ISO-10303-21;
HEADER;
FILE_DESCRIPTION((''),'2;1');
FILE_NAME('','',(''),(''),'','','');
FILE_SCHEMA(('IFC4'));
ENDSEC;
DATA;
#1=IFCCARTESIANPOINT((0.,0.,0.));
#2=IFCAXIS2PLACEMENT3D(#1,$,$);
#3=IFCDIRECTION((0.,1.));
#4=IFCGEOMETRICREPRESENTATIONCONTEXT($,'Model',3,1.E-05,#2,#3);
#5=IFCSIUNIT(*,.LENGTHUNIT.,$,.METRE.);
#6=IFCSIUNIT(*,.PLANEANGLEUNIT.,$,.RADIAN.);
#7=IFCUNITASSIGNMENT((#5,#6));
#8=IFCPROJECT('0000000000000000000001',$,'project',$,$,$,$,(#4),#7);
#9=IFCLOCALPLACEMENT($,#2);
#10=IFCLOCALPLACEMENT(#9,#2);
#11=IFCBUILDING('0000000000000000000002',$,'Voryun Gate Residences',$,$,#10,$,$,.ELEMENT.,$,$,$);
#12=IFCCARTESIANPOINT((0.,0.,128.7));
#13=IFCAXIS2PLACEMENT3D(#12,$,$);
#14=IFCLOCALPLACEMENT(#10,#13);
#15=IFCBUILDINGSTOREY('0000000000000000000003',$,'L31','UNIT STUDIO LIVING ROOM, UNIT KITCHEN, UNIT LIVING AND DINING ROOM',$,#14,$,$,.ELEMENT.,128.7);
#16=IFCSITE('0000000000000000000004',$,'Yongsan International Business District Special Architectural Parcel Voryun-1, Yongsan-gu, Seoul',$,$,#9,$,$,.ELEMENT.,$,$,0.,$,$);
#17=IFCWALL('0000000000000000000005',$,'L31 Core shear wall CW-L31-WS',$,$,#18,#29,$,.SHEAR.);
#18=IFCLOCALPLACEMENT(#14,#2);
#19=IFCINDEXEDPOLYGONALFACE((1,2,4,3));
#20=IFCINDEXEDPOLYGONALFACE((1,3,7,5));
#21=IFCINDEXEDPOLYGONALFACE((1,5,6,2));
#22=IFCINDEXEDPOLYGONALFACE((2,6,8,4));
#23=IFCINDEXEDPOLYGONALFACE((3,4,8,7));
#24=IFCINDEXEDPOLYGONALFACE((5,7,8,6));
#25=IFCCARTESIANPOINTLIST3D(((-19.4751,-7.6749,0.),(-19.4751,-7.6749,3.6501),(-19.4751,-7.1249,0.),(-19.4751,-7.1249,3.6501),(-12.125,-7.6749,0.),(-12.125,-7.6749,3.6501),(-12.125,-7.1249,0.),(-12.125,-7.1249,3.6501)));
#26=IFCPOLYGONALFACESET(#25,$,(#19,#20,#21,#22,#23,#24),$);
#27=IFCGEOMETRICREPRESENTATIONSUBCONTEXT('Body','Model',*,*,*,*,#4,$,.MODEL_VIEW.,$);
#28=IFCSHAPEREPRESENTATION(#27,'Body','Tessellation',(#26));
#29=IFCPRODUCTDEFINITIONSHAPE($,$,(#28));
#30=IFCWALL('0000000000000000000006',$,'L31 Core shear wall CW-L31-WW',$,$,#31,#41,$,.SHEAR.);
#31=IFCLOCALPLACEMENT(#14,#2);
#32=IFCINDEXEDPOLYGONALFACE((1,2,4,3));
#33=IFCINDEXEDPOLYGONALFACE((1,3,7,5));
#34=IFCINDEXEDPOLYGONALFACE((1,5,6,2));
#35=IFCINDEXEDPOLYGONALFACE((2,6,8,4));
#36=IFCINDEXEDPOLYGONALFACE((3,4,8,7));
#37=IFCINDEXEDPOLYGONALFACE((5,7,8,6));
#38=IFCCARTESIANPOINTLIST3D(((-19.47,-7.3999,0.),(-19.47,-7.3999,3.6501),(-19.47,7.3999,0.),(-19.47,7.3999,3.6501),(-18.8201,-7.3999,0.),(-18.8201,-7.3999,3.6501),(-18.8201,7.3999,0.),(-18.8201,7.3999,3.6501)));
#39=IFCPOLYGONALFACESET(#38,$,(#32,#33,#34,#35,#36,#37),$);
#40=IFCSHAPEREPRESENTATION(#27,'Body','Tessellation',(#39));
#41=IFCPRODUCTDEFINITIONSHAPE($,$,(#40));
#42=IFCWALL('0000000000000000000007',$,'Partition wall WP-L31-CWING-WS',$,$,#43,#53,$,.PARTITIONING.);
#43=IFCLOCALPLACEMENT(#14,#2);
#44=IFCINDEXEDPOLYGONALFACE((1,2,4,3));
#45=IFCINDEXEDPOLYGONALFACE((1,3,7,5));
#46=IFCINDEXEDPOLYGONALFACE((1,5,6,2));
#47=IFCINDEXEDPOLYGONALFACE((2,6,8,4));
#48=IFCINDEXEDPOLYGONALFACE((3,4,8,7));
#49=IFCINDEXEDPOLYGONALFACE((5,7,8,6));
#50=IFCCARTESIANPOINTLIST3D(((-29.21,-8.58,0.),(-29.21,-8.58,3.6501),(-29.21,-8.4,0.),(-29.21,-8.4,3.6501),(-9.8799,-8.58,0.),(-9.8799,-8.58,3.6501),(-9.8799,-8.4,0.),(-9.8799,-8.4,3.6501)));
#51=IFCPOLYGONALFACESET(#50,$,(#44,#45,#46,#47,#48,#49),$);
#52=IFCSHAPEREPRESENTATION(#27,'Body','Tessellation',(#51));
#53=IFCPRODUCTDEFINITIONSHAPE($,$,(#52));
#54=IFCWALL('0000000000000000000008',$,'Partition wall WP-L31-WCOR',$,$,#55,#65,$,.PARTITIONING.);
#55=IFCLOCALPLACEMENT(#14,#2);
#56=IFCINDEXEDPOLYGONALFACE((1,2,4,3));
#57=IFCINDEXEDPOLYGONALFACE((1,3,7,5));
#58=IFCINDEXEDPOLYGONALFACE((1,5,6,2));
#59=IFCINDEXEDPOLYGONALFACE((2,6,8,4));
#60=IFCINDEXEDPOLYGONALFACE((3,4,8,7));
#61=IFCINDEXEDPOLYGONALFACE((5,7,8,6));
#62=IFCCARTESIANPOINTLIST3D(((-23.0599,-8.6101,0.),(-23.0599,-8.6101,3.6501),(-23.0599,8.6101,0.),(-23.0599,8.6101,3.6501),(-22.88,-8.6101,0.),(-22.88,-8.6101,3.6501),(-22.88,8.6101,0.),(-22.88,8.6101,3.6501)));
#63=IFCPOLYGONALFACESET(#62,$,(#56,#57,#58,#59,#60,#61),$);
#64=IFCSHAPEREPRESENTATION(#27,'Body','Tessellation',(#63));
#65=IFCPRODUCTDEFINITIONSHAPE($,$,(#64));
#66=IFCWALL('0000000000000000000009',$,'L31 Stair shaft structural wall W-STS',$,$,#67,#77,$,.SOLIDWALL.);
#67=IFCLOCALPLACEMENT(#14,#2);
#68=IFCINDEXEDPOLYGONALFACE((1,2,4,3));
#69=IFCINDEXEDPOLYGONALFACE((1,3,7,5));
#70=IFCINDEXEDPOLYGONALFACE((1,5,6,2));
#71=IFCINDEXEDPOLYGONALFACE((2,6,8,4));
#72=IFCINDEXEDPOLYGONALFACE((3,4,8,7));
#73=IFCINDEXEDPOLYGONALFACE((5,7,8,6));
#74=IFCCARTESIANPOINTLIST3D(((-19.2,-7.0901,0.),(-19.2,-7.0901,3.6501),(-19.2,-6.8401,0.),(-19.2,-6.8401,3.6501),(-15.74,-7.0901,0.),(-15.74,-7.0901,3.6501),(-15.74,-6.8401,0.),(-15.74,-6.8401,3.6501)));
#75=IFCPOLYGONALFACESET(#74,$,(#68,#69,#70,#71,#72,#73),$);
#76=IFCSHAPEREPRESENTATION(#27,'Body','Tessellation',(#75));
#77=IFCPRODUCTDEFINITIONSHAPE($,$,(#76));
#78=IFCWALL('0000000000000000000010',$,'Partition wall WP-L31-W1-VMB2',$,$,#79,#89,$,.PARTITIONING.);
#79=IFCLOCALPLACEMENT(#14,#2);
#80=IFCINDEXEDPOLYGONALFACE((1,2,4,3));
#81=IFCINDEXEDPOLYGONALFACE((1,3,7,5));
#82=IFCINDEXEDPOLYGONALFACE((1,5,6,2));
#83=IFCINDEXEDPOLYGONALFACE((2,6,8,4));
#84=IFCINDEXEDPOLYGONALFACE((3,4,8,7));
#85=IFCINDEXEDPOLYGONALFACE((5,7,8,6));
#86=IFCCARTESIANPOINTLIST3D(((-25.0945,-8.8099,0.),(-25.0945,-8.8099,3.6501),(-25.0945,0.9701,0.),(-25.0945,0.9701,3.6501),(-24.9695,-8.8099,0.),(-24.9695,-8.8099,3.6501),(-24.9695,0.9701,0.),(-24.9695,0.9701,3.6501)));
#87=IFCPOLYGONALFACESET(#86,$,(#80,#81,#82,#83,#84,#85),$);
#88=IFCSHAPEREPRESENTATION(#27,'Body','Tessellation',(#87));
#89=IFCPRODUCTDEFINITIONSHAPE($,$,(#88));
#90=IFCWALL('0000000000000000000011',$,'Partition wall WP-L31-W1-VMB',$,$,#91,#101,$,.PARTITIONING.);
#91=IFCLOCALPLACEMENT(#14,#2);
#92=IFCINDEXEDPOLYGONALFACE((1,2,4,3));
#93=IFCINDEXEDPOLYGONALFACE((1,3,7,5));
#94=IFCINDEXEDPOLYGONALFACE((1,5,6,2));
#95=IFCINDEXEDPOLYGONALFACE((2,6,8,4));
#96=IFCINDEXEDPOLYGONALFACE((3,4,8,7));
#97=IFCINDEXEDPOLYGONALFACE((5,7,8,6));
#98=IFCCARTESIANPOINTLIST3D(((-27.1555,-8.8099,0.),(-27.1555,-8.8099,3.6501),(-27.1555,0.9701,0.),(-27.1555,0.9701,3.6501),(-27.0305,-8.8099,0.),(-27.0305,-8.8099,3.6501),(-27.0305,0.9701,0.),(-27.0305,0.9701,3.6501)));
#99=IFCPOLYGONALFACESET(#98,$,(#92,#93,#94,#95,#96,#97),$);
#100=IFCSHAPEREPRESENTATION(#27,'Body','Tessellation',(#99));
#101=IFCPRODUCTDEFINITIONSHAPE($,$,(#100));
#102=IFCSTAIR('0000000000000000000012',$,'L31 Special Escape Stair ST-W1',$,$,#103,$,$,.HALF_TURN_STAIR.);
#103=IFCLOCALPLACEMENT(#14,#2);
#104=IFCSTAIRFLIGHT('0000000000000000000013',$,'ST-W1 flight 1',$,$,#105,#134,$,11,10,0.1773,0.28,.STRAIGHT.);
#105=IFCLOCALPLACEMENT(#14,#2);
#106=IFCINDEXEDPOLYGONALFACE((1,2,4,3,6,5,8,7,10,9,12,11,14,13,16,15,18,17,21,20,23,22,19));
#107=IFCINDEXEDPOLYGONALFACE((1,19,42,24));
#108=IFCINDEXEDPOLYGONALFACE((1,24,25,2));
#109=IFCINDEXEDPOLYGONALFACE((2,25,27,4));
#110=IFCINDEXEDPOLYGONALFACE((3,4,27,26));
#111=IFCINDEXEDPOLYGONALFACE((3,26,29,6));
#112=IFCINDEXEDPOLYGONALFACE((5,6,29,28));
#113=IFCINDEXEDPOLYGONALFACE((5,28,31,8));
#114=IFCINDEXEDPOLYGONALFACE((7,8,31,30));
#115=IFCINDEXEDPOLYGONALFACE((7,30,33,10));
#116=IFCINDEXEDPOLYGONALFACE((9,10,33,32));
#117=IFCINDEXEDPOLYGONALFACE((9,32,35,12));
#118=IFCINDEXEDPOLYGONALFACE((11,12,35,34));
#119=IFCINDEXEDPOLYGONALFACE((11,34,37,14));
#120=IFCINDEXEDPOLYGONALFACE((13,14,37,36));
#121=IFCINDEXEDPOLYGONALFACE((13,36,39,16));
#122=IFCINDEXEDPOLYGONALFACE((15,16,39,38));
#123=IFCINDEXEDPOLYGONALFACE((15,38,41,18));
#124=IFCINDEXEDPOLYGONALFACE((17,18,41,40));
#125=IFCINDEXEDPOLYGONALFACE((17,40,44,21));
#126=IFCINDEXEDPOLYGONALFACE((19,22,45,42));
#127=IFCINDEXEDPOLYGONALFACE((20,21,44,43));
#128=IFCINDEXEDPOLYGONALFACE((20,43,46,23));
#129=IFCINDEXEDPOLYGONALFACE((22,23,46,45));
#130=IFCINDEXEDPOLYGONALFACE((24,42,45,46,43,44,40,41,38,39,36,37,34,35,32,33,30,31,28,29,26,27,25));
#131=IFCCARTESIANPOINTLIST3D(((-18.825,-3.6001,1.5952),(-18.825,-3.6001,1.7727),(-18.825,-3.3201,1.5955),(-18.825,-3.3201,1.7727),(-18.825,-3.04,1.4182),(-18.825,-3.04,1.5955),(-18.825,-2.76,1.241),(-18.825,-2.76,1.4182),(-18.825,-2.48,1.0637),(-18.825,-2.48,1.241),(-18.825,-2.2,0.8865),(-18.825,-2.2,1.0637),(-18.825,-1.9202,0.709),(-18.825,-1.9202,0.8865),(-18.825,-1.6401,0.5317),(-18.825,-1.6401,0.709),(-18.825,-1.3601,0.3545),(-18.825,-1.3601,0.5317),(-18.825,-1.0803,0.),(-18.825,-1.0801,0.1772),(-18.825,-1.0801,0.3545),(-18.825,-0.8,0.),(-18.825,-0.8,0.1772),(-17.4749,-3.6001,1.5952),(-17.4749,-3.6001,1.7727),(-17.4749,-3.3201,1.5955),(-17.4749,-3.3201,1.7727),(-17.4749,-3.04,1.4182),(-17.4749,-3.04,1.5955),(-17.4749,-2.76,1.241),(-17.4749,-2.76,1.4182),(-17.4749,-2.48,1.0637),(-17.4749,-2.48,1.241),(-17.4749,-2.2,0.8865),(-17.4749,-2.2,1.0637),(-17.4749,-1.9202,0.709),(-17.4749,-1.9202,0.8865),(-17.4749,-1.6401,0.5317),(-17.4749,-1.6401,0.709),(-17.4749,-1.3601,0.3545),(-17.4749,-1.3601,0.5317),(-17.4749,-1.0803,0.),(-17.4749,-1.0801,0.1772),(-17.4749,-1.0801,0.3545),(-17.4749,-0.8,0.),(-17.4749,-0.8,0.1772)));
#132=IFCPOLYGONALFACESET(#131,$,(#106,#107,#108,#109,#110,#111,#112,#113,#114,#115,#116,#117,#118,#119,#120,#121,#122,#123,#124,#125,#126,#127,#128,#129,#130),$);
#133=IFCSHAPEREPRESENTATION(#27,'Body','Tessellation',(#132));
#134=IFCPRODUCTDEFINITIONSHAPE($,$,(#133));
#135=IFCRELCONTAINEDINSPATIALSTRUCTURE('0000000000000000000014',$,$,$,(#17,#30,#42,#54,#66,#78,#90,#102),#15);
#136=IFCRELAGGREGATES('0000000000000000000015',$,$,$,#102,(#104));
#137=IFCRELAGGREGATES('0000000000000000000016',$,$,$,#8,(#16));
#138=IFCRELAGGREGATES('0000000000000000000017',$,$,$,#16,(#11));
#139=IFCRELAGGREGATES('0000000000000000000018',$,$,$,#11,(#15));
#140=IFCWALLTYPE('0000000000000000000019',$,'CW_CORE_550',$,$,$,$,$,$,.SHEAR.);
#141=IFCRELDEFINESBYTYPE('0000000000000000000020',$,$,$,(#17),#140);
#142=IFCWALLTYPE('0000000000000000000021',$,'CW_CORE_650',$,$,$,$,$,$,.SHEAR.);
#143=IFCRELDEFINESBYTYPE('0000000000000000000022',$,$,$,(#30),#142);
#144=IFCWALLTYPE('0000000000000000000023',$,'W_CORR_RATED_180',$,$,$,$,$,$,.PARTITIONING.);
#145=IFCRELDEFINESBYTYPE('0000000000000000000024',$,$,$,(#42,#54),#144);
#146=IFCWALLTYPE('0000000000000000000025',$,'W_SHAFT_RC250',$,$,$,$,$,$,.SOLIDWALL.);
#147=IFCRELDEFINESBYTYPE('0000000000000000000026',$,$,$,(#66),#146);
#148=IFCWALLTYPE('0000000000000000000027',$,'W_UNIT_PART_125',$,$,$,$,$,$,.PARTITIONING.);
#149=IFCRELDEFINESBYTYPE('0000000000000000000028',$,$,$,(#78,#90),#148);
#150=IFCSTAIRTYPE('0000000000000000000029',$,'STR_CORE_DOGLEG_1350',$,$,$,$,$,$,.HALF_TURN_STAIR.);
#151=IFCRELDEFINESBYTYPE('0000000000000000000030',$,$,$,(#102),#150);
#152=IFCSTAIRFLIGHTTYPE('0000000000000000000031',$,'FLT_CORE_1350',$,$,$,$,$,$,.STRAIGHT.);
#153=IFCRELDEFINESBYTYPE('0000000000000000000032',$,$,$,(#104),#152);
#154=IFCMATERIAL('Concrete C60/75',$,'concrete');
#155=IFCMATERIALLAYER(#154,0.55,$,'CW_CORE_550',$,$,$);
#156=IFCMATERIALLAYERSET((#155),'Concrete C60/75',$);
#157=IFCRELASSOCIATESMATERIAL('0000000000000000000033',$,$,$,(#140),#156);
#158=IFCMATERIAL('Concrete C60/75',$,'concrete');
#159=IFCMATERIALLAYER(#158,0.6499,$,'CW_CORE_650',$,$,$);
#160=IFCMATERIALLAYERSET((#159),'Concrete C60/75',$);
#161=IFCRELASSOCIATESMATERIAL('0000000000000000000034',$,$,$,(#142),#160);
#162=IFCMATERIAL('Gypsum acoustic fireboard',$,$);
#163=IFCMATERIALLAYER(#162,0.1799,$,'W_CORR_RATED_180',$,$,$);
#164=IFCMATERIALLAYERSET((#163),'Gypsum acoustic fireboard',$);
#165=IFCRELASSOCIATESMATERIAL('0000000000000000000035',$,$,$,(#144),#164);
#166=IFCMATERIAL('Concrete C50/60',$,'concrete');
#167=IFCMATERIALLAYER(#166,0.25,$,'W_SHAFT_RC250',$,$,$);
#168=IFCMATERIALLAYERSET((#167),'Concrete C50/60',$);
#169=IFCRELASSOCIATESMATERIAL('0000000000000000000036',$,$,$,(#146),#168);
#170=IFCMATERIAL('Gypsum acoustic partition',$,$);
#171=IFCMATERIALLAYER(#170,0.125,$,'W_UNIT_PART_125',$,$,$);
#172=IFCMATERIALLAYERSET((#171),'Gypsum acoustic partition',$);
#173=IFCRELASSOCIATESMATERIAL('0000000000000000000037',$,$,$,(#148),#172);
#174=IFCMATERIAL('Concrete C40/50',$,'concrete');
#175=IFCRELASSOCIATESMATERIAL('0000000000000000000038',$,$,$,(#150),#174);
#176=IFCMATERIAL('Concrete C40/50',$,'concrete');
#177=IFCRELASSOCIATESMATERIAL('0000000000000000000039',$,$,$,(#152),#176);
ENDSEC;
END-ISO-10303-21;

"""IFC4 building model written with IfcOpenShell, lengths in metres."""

from ifc_helpers import new_model, si_unit, direction, frame, frame_2d, origin, place, context, subcontext, project, spatial, polyline, rectangle, outline, extrude, material, layer, layer_set, type_object, element, aggregate, save


model = new_model("IFC4")

# Units and contexts
model_context = context("Model", 3, precision=1e-05, world=origin(), true_north=direction((0.0, 1.0)))
body_context = subcontext(model_context, "Body", "Model", "MODEL_VIEW")
ifc_project = project(units=[si_unit("LENGTHUNIT", "METRE"), si_unit("PLANEANGLEUNIT", "RADIAN")], contexts=[model_context])

# Site, building, storey
site_placement = place(None, origin())
site = spatial("IfcSite", under=ifc_project, at=site_placement, Name="Yongsan International Business District Special Architectural Parcel Voryun-1, Yongsan-gu, Seoul", CompositionType="ELEMENT", RefElevation=0.0)
building_placement = place(site_placement, origin())
building = spatial("IfcBuilding", under=site, at=building_placement, Name="Voryun Gate Residences", CompositionType="ELEMENT")
storey_placement = place(building_placement, frame((0.0, 0.0, 128.7)))
storey = spatial("IfcBuildingStorey", under=building, at=storey_placement, Name="L31", Description="UNIT STUDIO LIVING ROOM, UNIT KITCHEN, UNIT LIVING AND DINING ROOM", CompositionType="ELEMENT", Elevation=128.7)

# Walls
ifc_material_1 = material(Name="Concrete C60/75", Category="concrete")
ifc_layer_1 = layer(ifc_material_1, 0.55, Name="CW_CORE_550")
ifc_layer_set_1 = layer_set([ifc_layer_1], Name="Concrete C60/75")
wall_type_1 = type_object("IfcWallType", Name="CW_CORE_550", PredefinedType="SHEAR", material=ifc_layer_set_1)
wall_1_placement = place(storey_placement, frame((-19.4751, -7.3999, 0.0), z_axis=(0.0, 0.0, 1.0), x_axis=(1.0, 0.0, 0.0)))
element("IfcWall", 1, at=wall_1_placement, inside=storey, type_object=wall_type_1, Name="L31 Core shear wall CW-L31-WS", PredefinedType="SHEAR", context=body_context, shape_type="SweptSolid", body=[
    extrude(rectangle(XDim=7.3501, YDim=0.55, at=frame_2d((3.675, 0.0))), origin(), (0.0, 0.0, 1.0), 3.6501),
])
ifc_material_2 = material(Name="Concrete C60/75", Category="concrete")
ifc_layer_2 = layer(ifc_material_2, 0.6499, Name="CW_CORE_650")
ifc_layer_set_2 = layer_set([ifc_layer_2], Name="Concrete C60/75")
wall_type_2 = type_object("IfcWallType", Name="CW_CORE_650", PredefinedType="SHEAR", material=ifc_layer_set_2)
wall_2_placement = place(storey_placement, frame((-19.145, -7.3999, 0.0), z_axis=(0.0, 0.0, 1.0), x_axis=(0.0, 1.0, 0.0)))
element("IfcWall", 2, at=wall_2_placement, inside=storey, type_object=wall_type_2, Name="L31 Core shear wall CW-L31-WW", PredefinedType="SHEAR", context=body_context, shape_type="SweptSolid", body=[
    extrude(rectangle(XDim=14.7998, YDim=0.6499, at=frame_2d((7.3999, 0.0))), origin(), (0.0, 0.0, 1.0), 3.6501),
])
ifc_material_3 = material(Name="Gypsum acoustic fireboard")
ifc_layer_3 = layer(ifc_material_3, 0.1799, Name="W_CORR_RATED_180")
ifc_layer_set_3 = layer_set([ifc_layer_3], Name="Gypsum acoustic fireboard")
wall_type_3 = type_object("IfcWallType", Name="W_CORR_RATED_180", PredefinedType="PARTITIONING", material=ifc_layer_set_3)
wall_3_placement = place(storey_placement, frame((-29.21, -8.49, 0.0), z_axis=(0.0, 0.0, 1.0), x_axis=(1.0, 0.0, 0.0)))
element("IfcWall", 3, at=wall_3_placement, inside=storey, type_object=wall_type_3, Name="Partition wall WP-L31-CWING-WS", PredefinedType="PARTITIONING", context=body_context, shape_type="SweptSolid", body=[
    extrude(rectangle(XDim=19.3301, YDim=0.1799, at=frame_2d((9.665, 0.0))), origin(), (0.0, 0.0, 1.0), 3.6501),
])
wall_4_placement = place(storey_placement, frame((-22.97, -8.6101, 0.0), z_axis=(0.0, 0.0, 1.0), x_axis=(0.0, 1.0, 0.0)))
element("IfcWall", 4, at=wall_4_placement, inside=storey, type_object=wall_type_3, Name="Partition wall WP-L31-WCOR", PredefinedType="PARTITIONING", context=body_context, shape_type="SweptSolid", body=[
    extrude(rectangle(XDim=17.2202, YDim=0.1799, at=frame_2d((8.6101, 0.0))), origin(), (0.0, 0.0, 1.0), 3.6501),
])
ifc_material_4 = material(Name="Concrete C50/60", Category="concrete")
ifc_layer_4 = layer(ifc_material_4, 0.25, Name="W_SHAFT_RC250")
ifc_layer_set_4 = layer_set([ifc_layer_4], Name="Concrete C50/60")
wall_type_4 = type_object("IfcWallType", Name="W_SHAFT_RC250", PredefinedType="SOLIDWALL", material=ifc_layer_set_4)
wall_5_placement = place(storey_placement, frame((-19.2, -6.9651, 0.0), z_axis=(0.0, 0.0, 1.0), x_axis=(1.0, 0.0, 0.0)))
element("IfcWall", 5, at=wall_5_placement, inside=storey, type_object=wall_type_4, Name="L31 Stair shaft structural wall W-STS", PredefinedType="SOLIDWALL", context=body_context, shape_type="SweptSolid", body=[
    extrude(rectangle(XDim=3.46, YDim=0.25, at=frame_2d((1.73, 0.0))), origin(), (0.0, 0.0, 1.0), 3.6501),
])
ifc_material_5 = material(Name="Gypsum acoustic partition")
ifc_layer_5 = layer(ifc_material_5, 0.125, Name="W_UNIT_PART_125")
ifc_layer_set_5 = layer_set([ifc_layer_5], Name="Gypsum acoustic partition")
wall_type_5 = type_object("IfcWallType", Name="W_UNIT_PART_125", PredefinedType="PARTITIONING", material=ifc_layer_set_5)
for number, where, z_axis, x_axis, name in (
    (6, (-25.032, -8.8101, 0.0), (0.0, 0.0, 1.0), (0.0, 1.0, 0.0), "Partition wall WP-L31-W1-VMB2"),
    (7, (-27.093, -8.8101, 0.0), (0.0, 0.0, 1.0), (0.0, 1.0, 0.0), "Partition wall WP-L31-W1-VMB"),
):
    element("IfcWall", number, at=place(storey_placement, frame(where, z_axis=z_axis, x_axis=x_axis)), inside=storey, type_object=wall_type_5, Name=name, PredefinedType="PARTITIONING", context=body_context, shape_type="SweptSolid", body=[
        extrude(rectangle(XDim=9.78, YDim=0.125, at=frame_2d((4.8901, 0.0))), origin(), (0.0, 0.0, 1.0), 3.6501),
    ])

# Stair, stair flight
ifc_material_6 = material(Name="Concrete C40/50", Category="concrete")
stair_type = type_object("IfcStairType", Name="STR_CORE_DOGLEG_1350", PredefinedType="HALF_TURN_STAIR", material=ifc_material_6)
stair_placement = place(storey_placement, origin())
stair = element("IfcStair", 8, at=stair_placement, inside=storey, type_object=stair_type, Name="L31 Special Escape Stair ST-W1", PredefinedType="HALF_TURN_STAIR")
ifc_material_7 = material(Name="Concrete C40/50", Category="concrete")
stair_flight_type = type_object("IfcStairFlightType", Name="FLT_CORE_1350", PredefinedType="STRAIGHT", material=ifc_material_7)
stair_flight_placement = place(storey_placement, frame((-18.1499, -0.8, 0.0), z_axis=(0.0, 0.0, 1.0), x_axis=(0.0, -1.0, 0.0)))
stair_flight = element("IfcStairFlight", 9, at=stair_flight_placement, type_object=stair_flight_type, Name="ST-W1 flight 1", NumberOfRisers=11, NumberOfTreads=10, PredefinedType="STRAIGHT", RiserHeight=0.1773, TreadLength=0.28, context=body_context, shape_type="SweptSolid", body=[
    extrude(outline(polyline([(0.0, 0.0), (0.0, 0.1772), (0.28, 0.1772), (0.28, 0.3545), (0.5601, 0.3545), (0.5601, 0.5317), (0.8401, 0.5317), (0.8401, 0.709), (1.1201, 0.709), (1.1201, 0.8865), (1.3999, 0.8865), (1.3999, 1.0637), (1.6799, 1.0637), (1.6799, 1.241), (1.96, 1.241), (1.96, 1.4182), (2.24, 1.4182), (2.24, 1.5955), (2.52, 1.5955), (2.52, 1.7727), (2.8, 1.7727), (2.8, 1.95), (2.8, 1.5952), (0.2803, 0.0), (0.0, 0.0)])), frame((0.0, 0.675, 0.0), z_axis=(0.0, -1.0, 0.0), x_axis=(1.0, 0.0, 0.0)), (0.0, 0.0, 1.0), 1.3501),
])
aggregate(stair, [stair_flight])

save(model, "model.ifc")
